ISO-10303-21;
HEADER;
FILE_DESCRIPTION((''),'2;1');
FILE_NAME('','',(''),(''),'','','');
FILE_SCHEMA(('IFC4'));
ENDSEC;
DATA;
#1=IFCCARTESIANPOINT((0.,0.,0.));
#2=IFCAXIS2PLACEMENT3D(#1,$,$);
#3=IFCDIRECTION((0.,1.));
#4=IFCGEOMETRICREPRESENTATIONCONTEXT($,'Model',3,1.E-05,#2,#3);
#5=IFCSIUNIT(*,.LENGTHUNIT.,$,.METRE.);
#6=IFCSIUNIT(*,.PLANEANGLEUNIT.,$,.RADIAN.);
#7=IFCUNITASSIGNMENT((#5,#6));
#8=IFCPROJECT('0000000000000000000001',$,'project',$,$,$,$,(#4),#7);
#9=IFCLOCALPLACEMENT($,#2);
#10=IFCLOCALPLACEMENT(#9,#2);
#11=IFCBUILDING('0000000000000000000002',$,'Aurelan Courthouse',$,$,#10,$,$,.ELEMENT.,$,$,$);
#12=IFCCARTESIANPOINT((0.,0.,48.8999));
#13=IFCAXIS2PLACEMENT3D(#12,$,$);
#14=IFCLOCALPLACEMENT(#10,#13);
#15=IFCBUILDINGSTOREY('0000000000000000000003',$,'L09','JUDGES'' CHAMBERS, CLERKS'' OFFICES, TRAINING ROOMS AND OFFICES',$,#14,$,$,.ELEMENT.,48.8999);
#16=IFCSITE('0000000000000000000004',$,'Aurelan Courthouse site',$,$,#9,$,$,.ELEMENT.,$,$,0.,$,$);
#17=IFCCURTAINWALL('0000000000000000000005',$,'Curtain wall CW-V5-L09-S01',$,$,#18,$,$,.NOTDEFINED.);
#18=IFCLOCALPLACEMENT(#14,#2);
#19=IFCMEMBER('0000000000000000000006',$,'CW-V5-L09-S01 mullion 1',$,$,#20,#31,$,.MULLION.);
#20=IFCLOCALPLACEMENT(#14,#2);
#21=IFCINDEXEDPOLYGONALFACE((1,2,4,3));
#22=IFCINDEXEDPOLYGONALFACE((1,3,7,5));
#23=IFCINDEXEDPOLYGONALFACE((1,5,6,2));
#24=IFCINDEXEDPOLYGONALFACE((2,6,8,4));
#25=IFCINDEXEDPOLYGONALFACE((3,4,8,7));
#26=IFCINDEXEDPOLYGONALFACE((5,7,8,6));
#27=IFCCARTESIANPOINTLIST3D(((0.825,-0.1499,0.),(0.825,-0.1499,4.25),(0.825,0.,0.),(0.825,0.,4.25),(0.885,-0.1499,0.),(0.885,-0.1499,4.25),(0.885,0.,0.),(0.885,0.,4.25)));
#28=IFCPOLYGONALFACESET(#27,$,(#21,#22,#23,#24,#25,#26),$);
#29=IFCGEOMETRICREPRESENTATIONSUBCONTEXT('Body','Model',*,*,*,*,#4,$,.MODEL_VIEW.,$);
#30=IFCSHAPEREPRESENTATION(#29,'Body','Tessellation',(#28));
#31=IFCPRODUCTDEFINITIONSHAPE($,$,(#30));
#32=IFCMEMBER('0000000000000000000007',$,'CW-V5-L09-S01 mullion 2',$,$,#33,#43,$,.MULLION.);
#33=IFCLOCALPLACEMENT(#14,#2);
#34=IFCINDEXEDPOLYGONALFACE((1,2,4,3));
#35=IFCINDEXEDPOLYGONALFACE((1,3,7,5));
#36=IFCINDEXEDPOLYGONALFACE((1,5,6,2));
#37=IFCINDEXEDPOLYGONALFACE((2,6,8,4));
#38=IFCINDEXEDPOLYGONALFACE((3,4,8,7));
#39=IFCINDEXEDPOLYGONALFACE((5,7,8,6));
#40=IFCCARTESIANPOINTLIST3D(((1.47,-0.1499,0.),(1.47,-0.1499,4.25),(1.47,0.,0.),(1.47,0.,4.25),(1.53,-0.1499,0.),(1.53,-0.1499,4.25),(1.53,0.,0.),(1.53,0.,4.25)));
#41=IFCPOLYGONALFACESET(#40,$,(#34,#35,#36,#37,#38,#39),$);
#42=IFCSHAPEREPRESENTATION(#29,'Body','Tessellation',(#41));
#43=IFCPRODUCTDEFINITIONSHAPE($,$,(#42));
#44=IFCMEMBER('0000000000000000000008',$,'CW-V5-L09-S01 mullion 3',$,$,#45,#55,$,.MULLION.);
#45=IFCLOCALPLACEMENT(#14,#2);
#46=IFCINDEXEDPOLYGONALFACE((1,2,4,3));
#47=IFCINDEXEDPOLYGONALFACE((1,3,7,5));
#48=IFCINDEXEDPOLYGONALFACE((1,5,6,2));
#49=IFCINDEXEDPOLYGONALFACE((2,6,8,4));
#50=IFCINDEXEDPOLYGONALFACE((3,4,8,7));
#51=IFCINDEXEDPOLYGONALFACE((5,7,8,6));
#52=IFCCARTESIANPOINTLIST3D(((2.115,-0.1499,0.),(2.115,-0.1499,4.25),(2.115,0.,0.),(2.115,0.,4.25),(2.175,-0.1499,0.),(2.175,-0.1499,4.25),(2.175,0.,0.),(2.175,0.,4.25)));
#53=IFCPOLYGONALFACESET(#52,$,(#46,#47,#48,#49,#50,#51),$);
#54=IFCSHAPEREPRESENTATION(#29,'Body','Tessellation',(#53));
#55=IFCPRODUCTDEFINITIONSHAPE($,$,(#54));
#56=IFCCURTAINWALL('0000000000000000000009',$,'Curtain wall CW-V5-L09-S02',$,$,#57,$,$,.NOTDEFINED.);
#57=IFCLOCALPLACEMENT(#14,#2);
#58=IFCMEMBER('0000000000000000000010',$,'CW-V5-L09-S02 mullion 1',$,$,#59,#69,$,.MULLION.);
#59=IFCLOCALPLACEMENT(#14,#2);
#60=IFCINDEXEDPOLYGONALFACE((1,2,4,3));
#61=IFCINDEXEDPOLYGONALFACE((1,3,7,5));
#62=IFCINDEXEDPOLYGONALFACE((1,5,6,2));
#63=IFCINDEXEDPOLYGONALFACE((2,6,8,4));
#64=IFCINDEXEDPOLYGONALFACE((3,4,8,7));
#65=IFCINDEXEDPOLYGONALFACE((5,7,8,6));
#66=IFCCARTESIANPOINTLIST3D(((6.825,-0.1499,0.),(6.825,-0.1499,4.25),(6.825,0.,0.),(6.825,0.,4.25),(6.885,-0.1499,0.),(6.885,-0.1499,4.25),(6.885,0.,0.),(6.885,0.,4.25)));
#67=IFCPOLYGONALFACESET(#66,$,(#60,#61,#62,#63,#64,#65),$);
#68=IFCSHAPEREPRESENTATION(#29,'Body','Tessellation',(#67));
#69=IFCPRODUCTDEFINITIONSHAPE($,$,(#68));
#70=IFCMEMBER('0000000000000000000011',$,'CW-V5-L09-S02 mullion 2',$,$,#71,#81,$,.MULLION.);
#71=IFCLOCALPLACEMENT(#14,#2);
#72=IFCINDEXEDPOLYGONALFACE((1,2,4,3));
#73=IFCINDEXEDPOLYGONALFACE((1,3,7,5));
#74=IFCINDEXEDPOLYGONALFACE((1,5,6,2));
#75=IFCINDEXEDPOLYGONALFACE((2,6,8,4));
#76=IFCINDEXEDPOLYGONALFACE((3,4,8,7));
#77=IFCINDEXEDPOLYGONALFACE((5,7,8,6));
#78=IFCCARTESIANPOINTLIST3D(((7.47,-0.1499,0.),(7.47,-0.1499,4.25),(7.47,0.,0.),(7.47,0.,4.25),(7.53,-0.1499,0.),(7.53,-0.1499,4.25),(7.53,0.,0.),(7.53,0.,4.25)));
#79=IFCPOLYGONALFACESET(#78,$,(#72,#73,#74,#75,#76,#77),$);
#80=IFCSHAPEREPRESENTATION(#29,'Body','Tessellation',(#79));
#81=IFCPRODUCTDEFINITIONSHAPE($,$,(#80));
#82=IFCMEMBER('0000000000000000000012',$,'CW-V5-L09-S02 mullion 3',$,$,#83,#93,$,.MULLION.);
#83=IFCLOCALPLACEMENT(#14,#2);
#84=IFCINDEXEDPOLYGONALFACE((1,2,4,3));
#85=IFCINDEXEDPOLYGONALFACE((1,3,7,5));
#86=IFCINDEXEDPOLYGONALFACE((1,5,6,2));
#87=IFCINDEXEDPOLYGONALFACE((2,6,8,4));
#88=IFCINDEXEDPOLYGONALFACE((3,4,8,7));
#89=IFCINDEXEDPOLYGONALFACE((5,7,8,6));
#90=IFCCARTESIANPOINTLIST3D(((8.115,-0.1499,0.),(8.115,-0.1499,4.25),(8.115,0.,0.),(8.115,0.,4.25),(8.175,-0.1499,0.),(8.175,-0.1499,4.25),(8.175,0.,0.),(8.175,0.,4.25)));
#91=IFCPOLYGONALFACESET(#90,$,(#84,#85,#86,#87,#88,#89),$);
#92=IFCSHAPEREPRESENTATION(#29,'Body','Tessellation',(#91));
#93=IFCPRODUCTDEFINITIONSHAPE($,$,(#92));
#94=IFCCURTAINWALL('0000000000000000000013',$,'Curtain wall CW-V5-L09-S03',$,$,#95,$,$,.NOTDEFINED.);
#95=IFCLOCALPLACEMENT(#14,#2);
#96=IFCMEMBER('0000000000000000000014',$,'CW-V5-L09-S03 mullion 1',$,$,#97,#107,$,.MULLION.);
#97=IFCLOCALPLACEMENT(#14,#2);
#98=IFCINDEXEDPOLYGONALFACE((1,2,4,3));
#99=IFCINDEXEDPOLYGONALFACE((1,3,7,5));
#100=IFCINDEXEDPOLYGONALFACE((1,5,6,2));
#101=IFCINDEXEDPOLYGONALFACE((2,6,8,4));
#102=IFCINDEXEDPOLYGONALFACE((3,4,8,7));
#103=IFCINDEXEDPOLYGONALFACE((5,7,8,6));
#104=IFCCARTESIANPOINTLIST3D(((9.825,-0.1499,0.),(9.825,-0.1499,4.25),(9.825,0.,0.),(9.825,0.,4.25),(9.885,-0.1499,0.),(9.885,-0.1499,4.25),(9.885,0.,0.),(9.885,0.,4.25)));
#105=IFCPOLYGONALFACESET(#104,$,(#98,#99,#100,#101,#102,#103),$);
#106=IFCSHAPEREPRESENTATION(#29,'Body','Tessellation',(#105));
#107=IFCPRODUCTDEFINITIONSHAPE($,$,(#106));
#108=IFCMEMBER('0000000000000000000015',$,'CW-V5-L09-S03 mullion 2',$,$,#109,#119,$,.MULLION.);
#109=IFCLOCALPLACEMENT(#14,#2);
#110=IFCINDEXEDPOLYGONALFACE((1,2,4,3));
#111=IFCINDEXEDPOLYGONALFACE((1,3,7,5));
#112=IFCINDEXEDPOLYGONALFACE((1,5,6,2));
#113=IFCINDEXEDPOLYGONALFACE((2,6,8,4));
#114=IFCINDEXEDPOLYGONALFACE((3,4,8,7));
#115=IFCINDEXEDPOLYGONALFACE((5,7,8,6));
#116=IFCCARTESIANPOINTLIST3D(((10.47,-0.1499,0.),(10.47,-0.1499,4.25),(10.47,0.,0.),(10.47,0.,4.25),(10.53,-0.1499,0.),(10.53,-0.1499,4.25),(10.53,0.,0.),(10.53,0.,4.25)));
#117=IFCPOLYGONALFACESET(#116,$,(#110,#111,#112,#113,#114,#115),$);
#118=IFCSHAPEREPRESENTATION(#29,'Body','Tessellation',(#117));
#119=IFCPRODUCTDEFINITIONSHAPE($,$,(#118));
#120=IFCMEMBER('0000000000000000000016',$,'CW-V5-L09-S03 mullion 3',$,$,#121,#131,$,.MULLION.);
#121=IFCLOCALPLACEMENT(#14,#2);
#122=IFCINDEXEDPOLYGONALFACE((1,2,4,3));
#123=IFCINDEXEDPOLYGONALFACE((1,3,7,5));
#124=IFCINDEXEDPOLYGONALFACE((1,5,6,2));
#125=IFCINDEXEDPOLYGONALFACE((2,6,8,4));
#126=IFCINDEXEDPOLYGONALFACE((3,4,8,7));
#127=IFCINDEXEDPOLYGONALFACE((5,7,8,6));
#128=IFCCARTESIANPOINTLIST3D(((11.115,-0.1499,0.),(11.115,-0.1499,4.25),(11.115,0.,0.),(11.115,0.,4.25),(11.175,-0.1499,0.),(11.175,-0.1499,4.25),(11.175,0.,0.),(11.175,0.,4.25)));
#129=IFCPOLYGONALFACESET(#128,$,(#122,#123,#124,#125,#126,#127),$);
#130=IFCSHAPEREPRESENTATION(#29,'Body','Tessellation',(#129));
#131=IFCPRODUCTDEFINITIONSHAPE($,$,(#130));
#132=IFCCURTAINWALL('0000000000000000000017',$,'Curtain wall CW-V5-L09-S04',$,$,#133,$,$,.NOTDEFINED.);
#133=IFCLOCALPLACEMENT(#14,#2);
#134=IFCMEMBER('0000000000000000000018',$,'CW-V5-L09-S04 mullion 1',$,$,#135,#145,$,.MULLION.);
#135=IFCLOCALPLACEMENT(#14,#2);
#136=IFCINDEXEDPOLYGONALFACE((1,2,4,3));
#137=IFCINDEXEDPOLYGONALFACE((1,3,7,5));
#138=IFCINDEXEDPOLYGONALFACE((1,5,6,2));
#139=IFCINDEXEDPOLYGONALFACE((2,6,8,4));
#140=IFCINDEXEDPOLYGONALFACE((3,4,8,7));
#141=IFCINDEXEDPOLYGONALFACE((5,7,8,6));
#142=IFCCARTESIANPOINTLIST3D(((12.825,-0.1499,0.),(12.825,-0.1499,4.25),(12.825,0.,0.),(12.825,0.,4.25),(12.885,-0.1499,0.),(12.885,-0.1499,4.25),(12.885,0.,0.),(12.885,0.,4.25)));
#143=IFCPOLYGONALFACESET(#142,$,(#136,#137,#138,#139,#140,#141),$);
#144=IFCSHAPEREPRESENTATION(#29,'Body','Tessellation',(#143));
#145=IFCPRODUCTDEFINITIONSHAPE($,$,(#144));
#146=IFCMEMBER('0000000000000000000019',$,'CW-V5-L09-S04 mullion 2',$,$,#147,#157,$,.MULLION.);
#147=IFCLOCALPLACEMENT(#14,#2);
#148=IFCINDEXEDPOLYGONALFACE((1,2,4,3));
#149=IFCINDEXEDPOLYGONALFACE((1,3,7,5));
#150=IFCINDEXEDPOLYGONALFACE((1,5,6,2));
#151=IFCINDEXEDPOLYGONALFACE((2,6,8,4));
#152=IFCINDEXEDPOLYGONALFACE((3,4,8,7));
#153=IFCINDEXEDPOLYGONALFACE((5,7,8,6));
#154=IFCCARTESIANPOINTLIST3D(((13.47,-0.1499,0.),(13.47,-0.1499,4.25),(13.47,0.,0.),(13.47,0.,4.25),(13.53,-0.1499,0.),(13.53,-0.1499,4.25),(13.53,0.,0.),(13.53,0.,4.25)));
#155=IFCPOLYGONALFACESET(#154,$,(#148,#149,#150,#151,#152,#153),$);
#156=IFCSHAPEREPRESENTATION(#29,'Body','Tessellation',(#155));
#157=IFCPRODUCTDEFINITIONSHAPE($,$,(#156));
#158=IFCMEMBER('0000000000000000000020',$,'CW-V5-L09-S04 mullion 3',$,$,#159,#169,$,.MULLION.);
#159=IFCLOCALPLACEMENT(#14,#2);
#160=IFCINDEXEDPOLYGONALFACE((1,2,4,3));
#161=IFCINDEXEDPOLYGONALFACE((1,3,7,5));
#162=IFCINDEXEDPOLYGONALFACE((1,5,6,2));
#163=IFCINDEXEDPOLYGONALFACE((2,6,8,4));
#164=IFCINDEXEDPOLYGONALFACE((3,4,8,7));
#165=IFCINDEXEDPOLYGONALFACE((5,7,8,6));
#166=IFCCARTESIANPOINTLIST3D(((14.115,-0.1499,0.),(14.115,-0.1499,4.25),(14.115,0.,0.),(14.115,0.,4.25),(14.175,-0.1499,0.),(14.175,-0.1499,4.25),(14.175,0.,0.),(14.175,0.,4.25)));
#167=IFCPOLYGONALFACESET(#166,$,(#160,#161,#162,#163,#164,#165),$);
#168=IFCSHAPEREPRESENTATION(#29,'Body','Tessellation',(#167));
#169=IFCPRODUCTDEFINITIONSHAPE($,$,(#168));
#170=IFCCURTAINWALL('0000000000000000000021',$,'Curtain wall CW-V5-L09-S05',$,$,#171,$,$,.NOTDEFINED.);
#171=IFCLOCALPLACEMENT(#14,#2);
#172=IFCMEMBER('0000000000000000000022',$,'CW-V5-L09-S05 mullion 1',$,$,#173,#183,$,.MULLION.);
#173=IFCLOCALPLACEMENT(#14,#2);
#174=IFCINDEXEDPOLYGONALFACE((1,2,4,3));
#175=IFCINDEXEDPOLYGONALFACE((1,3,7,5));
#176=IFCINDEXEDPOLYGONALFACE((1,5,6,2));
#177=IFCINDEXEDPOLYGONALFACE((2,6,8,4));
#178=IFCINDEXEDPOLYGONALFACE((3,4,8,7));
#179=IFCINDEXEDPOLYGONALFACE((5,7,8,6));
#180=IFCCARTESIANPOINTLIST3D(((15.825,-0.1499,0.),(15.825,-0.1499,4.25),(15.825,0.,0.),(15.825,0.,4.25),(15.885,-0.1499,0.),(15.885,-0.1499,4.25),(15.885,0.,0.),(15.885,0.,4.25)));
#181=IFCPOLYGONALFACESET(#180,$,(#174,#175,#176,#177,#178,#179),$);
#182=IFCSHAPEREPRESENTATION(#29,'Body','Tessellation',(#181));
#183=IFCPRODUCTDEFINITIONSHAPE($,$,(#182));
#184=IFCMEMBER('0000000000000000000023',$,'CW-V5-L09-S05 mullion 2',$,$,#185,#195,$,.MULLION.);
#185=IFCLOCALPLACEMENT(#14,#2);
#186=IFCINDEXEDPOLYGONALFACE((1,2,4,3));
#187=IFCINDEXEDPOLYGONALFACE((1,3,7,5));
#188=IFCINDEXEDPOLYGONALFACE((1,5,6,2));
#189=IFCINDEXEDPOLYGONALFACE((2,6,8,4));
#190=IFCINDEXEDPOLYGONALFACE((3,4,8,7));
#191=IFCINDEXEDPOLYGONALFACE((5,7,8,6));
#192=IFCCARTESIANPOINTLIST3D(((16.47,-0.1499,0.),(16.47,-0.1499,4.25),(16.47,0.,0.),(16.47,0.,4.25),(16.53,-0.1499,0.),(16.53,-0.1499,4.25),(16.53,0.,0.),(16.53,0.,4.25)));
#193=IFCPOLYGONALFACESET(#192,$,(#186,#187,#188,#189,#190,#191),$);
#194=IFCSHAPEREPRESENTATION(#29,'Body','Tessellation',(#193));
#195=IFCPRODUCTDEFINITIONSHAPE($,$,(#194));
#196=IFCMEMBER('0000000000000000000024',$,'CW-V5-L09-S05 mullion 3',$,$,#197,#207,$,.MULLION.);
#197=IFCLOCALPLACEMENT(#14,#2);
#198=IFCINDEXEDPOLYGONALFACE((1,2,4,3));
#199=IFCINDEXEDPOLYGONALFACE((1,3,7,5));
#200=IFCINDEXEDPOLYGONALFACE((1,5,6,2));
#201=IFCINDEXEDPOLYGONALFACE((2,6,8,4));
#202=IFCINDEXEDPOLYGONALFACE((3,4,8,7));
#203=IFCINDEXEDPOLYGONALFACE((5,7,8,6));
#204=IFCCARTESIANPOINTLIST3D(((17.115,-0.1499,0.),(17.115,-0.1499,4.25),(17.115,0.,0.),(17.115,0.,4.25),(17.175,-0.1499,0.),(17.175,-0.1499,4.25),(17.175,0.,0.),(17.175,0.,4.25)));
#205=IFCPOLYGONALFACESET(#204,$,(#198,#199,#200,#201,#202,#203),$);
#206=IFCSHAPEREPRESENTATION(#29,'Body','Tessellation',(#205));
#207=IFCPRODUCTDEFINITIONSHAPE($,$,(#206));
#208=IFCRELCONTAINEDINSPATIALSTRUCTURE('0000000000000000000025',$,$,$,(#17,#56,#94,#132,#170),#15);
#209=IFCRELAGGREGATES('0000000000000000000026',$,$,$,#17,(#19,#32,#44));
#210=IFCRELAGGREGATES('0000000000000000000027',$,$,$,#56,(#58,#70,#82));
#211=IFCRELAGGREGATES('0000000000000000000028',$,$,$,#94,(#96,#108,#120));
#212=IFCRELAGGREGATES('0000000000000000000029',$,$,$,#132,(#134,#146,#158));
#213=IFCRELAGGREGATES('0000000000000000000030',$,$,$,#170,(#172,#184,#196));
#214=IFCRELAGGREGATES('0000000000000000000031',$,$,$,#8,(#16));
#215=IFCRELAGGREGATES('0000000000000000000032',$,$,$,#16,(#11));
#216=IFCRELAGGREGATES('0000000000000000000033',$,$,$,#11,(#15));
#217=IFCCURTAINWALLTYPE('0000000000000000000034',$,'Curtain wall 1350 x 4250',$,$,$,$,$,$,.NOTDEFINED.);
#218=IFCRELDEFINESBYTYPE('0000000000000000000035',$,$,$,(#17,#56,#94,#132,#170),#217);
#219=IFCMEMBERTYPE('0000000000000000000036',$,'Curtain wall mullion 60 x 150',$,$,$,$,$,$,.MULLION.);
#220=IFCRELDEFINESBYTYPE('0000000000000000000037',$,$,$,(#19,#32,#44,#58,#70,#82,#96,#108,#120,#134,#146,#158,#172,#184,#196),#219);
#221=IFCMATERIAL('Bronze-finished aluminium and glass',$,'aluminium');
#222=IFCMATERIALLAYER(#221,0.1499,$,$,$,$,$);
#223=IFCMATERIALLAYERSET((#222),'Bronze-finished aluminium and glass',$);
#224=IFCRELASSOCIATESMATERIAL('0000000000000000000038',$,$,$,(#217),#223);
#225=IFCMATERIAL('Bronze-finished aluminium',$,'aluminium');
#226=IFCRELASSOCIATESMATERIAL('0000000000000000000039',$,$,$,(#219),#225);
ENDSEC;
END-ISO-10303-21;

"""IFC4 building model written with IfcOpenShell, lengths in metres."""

from ifc_helpers import new_model, si_unit, direction, frame, origin, origin_2d, place, context, subcontext, project, spatial, rectangle, extrude, material, layer, layer_set, material_profile, profile_set, type_object, element, aggregate, save


model = new_model("IFC4")

# Units and contexts
model_context = context("Model", 3, precision=1e-05, world=origin(), true_north=direction((0.0, 1.0)))
body_context = subcontext(model_context, "Body", "Model", "MODEL_VIEW")
ifc_project = project(units=[si_unit("LENGTHUNIT", "METRE"), si_unit("PLANEANGLEUNIT", "RADIAN")], contexts=[model_context])

# Site, building, storey
site_placement = place(None, origin())
site = spatial("IfcSite", under=ifc_project, at=site_placement, Name="Aurelan Courthouse site", CompositionType="ELEMENT", RefElevation=0.0)
building_placement = place(site_placement, origin())
building = spatial("IfcBuilding", under=site, at=building_placement, Name="Aurelan Courthouse", CompositionType="ELEMENT")
storey_placement = place(building_placement, frame((0.0, 0.0, 48.8999)))
storey = spatial("IfcBuildingStorey", under=building, at=storey_placement, Name="L09", Description="JUDGES' CHAMBERS, CLERKS' OFFICES, TRAINING ROOMS AND OFFICES", CompositionType="ELEMENT", Elevation=48.8999)

# Curtain walls, members
ifc_material_1 = material(Name="Bronze-finished aluminium and glass", Category="aluminium")
ifc_layer_1 = layer(ifc_material_1, 0.1499)
ifc_layer_set_1 = layer_set([ifc_layer_1], Name="Bronze-finished aluminium and glass")
curtain_wall_type = type_object("IfcCurtainWallType", Name="Curtain wall 1350 x 4250", PredefinedType="NOTDEFINED", material=ifc_layer_set_1)
curtain_wall_1_placement = place(storey_placement, origin())
curtain_wall_1 = element("IfcCurtainWall", 1, at=curtain_wall_1_placement, inside=storey, type_object=curtain_wall_type, Name="Curtain wall CW-V5-L09-S01", PredefinedType="NOTDEFINED")
ifc_material_2 = material(Name="Bronze-finished aluminium", Category="aluminium")
ifc_material_profile = material_profile(ifc_material_2, rectangle(XDim=0.1499, YDim=0.0601, at=origin_2d()), Name="Bronze mullion 60 x 150")
ifc_profile_set = profile_set([ifc_material_profile], Name="Bronze-finished aluminium")
member_type = type_object("IfcMemberType", Name="Curtain wall mullion 60 x 150", PredefinedType="MULLION", material=ifc_profile_set)
member_1_placement = place(storey_placement, frame((0.855, -0.075, 0.0), z_axis=(0.0, 0.0, 1.0), x_axis=(0.0, 1.0, 0.0)))
member_1 = element("IfcMember", 2, at=member_1_placement, type_object=member_type, Name="CW-V5-L09-S01 mullion 1", PredefinedType="MULLION", context=body_context, shape_type="SweptSolid", body=[
    extrude(rectangle(XDim=0.1499, YDim=0.0601, at=origin_2d()), origin(), (0.0, 0.0, 1.0), 4.25),
])
member_2_placement = place(storey_placement, frame((1.5, -0.075, 0.0), z_axis=(0.0, 0.0, 1.0), x_axis=(0.0, 1.0, 0.0)))
member_2 = element("IfcMember", 3, at=member_2_placement, type_object=member_type, Name="CW-V5-L09-S01 mullion 2", PredefinedType="MULLION", context=body_context, shape_type="SweptSolid", body=[
    extrude(rectangle(XDim=0.1499, YDim=0.0601, at=origin_2d()), origin(), (0.0, 0.0, 1.0), 4.25),
])
member_3_placement = place(storey_placement, frame((2.145, -0.075, 0.0), z_axis=(0.0, 0.0, 1.0), x_axis=(0.0, 1.0, 0.0)))
member_3 = element("IfcMember", 4, at=member_3_placement, type_object=member_type, Name="CW-V5-L09-S01 mullion 3", PredefinedType="MULLION", context=body_context, shape_type="SweptSolid", body=[
    extrude(rectangle(XDim=0.1499, YDim=0.0601, at=origin_2d()), origin(), (0.0, 0.0, 1.0), 4.25),
])
aggregate(curtain_wall_1, [member_1, member_2, member_3])
curtain_wall_2_placement = place(storey_placement, origin())
curtain_wall_2 = element("IfcCurtainWall", 5, at=curtain_wall_2_placement, inside=storey, type_object=curtain_wall_type, Name="Curtain wall CW-V5-L09-S02", PredefinedType="NOTDEFINED")
member_4_placement = place(storey_placement, frame((6.855, -0.075, 0.0), z_axis=(0.0, 0.0, 1.0), x_axis=(0.0, 1.0, 0.0)))
member_4 = element("IfcMember", 6, at=member_4_placement, type_object=member_type, Name="CW-V5-L09-S02 mullion 1", PredefinedType="MULLION", context=body_context, shape_type="SweptSolid", body=[
    extrude(rectangle(XDim=0.1499, YDim=0.0601, at=origin_2d()), origin(), (0.0, 0.0, 1.0), 4.25),
])
member_5_placement = place(storey_placement, frame((7.5, -0.075, 0.0), z_axis=(0.0, 0.0, 1.0), x_axis=(0.0, 1.0, 0.0)))
member_5 = element("IfcMember", 7, at=member_5_placement, type_object=member_type, Name="CW-V5-L09-S02 mullion 2", PredefinedType="MULLION", context=body_context, shape_type="SweptSolid", body=[
    extrude(rectangle(XDim=0.1499, YDim=0.0601, at=origin_2d()), origin(), (0.0, 0.0, 1.0), 4.25),
])
member_6_placement = place(storey_placement, frame((8.145, -0.075, 0.0), z_axis=(0.0, 0.0, 1.0), x_axis=(0.0, 1.0, 0.0)))
member_6 = element("IfcMember", 8, at=member_6_placement, type_object=member_type, Name="CW-V5-L09-S02 mullion 3", PredefinedType="MULLION", context=body_context, shape_type="SweptSolid", body=[
    extrude(rectangle(XDim=0.1499, YDim=0.0601, at=origin_2d()), origin(), (0.0, 0.0, 1.0), 4.25),
])
aggregate(curtain_wall_2, [member_4, member_5, member_6])
curtain_wall_3_placement = place(storey_placement, origin())
curtain_wall_3 = element("IfcCurtainWall", 9, at=curtain_wall_3_placement, inside=storey, type_object=curtain_wall_type, Name="Curtain wall CW-V5-L09-S03", PredefinedType="NOTDEFINED")
member_7_placement = place(storey_placement, frame((9.855, -0.075, 0.0), z_axis=(0.0, 0.0, 1.0), x_axis=(0.0, 1.0, 0.0)))
member_7 = element("IfcMember", 10, at=member_7_placement, type_object=member_type, Name="CW-V5-L09-S03 mullion 1", PredefinedType="MULLION", context=body_context, shape_type="SweptSolid", body=[
    extrude(rectangle(XDim=0.1499, YDim=0.0601, at=origin_2d()), origin(), (0.0, 0.0, 1.0), 4.25),
])
member_8_placement = place(storey_placement, frame((10.5, -0.075, 0.0), z_axis=(0.0, 0.0, 1.0), x_axis=(0.0, 1.0, 0.0)))
member_8 = element("IfcMember", 11, at=member_8_placement, type_object=member_type, Name="CW-V5-L09-S03 mullion 2", PredefinedType="MULLION", context=body_context, shape_type="SweptSolid", body=[
    extrude(rectangle(XDim=0.1499, YDim=0.0601, at=origin_2d()), origin(), (0.0, 0.0, 1.0), 4.25),
])
member_9_placement = place(storey_placement, frame((11.145, -0.075, 0.0), z_axis=(0.0, 0.0, 1.0), x_axis=(0.0, 1.0, 0.0)))
member_9 = element("IfcMember", 12, at=member_9_placement, type_object=member_type, Name="CW-V5-L09-S03 mullion 3", PredefinedType="MULLION", context=body_context, shape_type="SweptSolid", body=[
    extrude(rectangle(XDim=0.1499, YDim=0.0601, at=origin_2d()), origin(), (0.0, 0.0, 1.0), 4.25),
])
aggregate(curtain_wall_3, [member_7, member_8, member_9])
curtain_wall_4_placement = place(storey_placement, origin())
curtain_wall_4 = element("IfcCurtainWall", 13, at=curtain_wall_4_placement, inside=storey, type_object=curtain_wall_type, Name="Curtain wall CW-V5-L09-S04", PredefinedType="NOTDEFINED")
member_10_placement = place(storey_placement, frame((12.855, -0.075, 0.0), z_axis=(0.0, 0.0, 1.0), x_axis=(0.0, 1.0, 0.0)))
member_10 = element("IfcMember", 14, at=member_10_placement, type_object=member_type, Name="CW-V5-L09-S04 mullion 1", PredefinedType="MULLION", context=body_context, shape_type="SweptSolid", body=[
    extrude(rectangle(XDim=0.1499, YDim=0.0601, at=origin_2d()), origin(), (0.0, 0.0, 1.0), 4.25),
])
member_11_placement = place(storey_placement, frame((13.5, -0.075, 0.0), z_axis=(0.0, 0.0, 1.0), x_axis=(0.0, 1.0, 0.0)))
member_11 = element("IfcMember", 15, at=member_11_placement, type_object=member_type, Name="CW-V5-L09-S04 mullion 2", PredefinedType="MULLION", context=body_context, shape_type="SweptSolid", body=[
    extrude(rectangle(XDim=0.1499, YDim=0.0601, at=origin_2d()), origin(), (0.0, 0.0, 1.0), 4.25),
])
member_12_placement = place(storey_placement, frame((14.145, -0.075, 0.0), z_axis=(0.0, 0.0, 1.0), x_axis=(0.0, 1.0, 0.0)))
member_12 = element("IfcMember", 16, at=member_12_placement, type_object=member_type, Name="CW-V5-L09-S04 mullion 3", PredefinedType="MULLION", context=body_context, shape_type="SweptSolid", body=[
    extrude(rectangle(XDim=0.1499, YDim=0.0601, at=origin_2d()), origin(), (0.0, 0.0, 1.0), 4.25),
])
aggregate(curtain_wall_4, [member_10, member_11, member_12])
curtain_wall_5_placement = place(storey_placement, origin())
curtain_wall_5 = element("IfcCurtainWall", 17, at=curtain_wall_5_placement, inside=storey, type_object=curtain_wall_type, Name="Curtain wall CW-V5-L09-S05", PredefinedType="NOTDEFINED")
member_13_placement = place(storey_placement, frame((15.855, -0.075, 0.0), z_axis=(0.0, 0.0, 1.0), x_axis=(0.0, 1.0, 0.0)))
member_13 = element("IfcMember", 18, at=member_13_placement, type_object=member_type, Name="CW-V5-L09-S05 mullion 1", PredefinedType="MULLION", context=body_context, shape_type="SweptSolid", body=[
    extrude(rectangle(XDim=0.1499, YDim=0.0601, at=origin_2d()), origin(), (0.0, 0.0, 1.0), 4.25),
])
member_14_placement = place(storey_placement, frame((16.5, -0.075, 0.0), z_axis=(0.0, 0.0, 1.0), x_axis=(0.0, 1.0, 0.0)))
member_14 = element("IfcMember", 19, at=member_14_placement, type_object=member_type, Name="CW-V5-L09-S05 mullion 2", PredefinedType="MULLION", context=body_context, shape_type="SweptSolid", body=[
    extrude(rectangle(XDim=0.1499, YDim=0.0601, at=origin_2d()), origin(), (0.0, 0.0, 1.0), 4.25),
])
member_15_placement = place(storey_placement, frame((17.145, -0.075, 0.0), z_axis=(0.0, 0.0, 1.0), x_axis=(0.0, 1.0, 0.0)))
member_15 = element("IfcMember", 20, at=member_15_placement, type_object=member_type, Name="CW-V5-L09-S05 mullion 3", PredefinedType="MULLION", context=body_context, shape_type="SweptSolid", body=[
    extrude(rectangle(XDim=0.1499, YDim=0.0601, at=origin_2d()), origin(), (0.0, 0.0, 1.0), 4.25),
])
aggregate(curtain_wall_5, [member_13, member_14, member_15])

save(model, "model.ifc")
